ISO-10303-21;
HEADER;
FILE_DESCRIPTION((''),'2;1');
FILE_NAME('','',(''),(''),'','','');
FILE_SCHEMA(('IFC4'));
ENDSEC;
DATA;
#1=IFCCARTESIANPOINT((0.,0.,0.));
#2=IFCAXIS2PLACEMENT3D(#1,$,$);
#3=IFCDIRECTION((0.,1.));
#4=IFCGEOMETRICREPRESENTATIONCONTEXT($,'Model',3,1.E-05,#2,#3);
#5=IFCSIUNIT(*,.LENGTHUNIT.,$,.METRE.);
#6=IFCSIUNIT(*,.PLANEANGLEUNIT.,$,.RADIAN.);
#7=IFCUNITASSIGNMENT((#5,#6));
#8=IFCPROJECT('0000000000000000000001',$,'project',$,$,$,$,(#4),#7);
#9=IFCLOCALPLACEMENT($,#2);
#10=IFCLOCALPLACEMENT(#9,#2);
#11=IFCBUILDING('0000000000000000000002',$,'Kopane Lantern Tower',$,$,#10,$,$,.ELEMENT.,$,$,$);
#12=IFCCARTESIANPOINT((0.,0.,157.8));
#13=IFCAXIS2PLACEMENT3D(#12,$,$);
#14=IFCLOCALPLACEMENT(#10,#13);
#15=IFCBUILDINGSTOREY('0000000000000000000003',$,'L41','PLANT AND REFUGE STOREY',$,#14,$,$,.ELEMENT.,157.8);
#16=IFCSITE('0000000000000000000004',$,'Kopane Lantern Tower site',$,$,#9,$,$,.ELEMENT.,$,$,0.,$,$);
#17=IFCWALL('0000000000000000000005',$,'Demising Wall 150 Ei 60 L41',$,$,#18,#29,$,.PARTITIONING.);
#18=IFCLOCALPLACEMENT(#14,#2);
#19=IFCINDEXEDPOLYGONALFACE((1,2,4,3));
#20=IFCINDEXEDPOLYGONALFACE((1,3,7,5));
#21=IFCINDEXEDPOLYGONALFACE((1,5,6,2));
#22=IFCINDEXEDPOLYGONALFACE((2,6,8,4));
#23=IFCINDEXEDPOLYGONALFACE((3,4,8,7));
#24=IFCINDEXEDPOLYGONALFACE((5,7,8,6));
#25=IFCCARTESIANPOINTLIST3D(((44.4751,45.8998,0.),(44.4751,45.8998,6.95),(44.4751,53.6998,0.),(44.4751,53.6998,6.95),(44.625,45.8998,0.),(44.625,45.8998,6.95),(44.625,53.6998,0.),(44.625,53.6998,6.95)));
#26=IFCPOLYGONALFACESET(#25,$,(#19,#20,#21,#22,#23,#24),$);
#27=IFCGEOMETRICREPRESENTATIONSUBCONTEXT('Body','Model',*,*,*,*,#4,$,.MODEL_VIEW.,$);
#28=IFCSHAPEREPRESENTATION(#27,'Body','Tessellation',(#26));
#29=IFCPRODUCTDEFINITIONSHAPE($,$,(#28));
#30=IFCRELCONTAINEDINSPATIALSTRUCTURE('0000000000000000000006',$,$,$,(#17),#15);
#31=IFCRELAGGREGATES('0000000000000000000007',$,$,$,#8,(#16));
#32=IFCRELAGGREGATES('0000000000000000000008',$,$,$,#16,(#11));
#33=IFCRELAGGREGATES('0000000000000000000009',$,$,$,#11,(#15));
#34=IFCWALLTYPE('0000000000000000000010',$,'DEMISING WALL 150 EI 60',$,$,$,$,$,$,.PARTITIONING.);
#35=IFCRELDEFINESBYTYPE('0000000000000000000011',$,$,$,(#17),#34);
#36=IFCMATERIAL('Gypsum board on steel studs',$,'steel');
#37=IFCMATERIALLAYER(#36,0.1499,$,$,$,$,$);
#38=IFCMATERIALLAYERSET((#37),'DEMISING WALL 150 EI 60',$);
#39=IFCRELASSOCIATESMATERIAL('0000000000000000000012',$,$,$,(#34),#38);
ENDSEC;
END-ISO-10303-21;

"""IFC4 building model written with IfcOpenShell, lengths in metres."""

from ifc_helpers import new_model, si_unit, direction, frame, frame_2d, origin, place, context, subcontext, project, spatial, rectangle, extrude, material, layer, layer_set, type_object, element, save


model = new_model("IFC4")

# Units and contexts
model_context = context("Model", 3, precision=1e-05, world=origin(), true_north=direction((0.0, 1.0)))
body_context = subcontext(model_context, "Body", "Model", "MODEL_VIEW")
ifc_project = project(units=[si_unit("LENGTHUNIT", "METRE"), si_unit("PLANEANGLEUNIT", "RADIAN")], contexts=[model_context])

# Site, building, storey
site_placement = place(None, origin())
site = spatial("IfcSite", under=ifc_project, at=site_placement, Name="Kopane Lantern Tower site", CompositionType="ELEMENT", RefElevation=0.0)
building_placement = place(site_placement, origin())
building = spatial("IfcBuilding", under=site, at=building_placement, Name="Kopane Lantern Tower", CompositionType="ELEMENT")
storey_placement = place(building_placement, frame((0.0, 0.0, 157.8)))
storey = spatial("IfcBuildingStorey", under=building, at=storey_placement, Name="L41", Description="PLANT AND REFUGE STOREY", CompositionType="ELEMENT", Elevation=157.8)

# Wall
ifc_material_1 = material(Name="Gypsum board on steel studs", Category="steel")
ifc_layer_1 = layer(ifc_material_1, 0.1499)
ifc_layer_set_1 = layer_set([ifc_layer_1], Name="DEMISING WALL 150 EI 60")
wall_type_1 = type_object("IfcWallType", Name="DEMISING WALL 150 EI 60", PredefinedType="PARTITIONING", material=ifc_layer_set_1)
wall_1_placement = place(storey_placement, frame((44.55, 45.8999, 0.0), z_axis=(0.0, 0.0, 1.0), x_axis=(0.0, 1.0, 0.0)))
element("IfcWall", 1, at=wall_1_placement, inside=storey, type_object=wall_type_1, Name="Demising Wall 150 Ei 60 L41", PredefinedType="PARTITIONING", context=body_context, shape_type="SweptSolid", body=[
    extrude(rectangle(XDim=7.8, YDim=0.1499, at=frame_2d((3.8999, 0.0))), origin(), (0.0, 0.0, 1.0), 6.95),
])

save(model, "model.ifc")
